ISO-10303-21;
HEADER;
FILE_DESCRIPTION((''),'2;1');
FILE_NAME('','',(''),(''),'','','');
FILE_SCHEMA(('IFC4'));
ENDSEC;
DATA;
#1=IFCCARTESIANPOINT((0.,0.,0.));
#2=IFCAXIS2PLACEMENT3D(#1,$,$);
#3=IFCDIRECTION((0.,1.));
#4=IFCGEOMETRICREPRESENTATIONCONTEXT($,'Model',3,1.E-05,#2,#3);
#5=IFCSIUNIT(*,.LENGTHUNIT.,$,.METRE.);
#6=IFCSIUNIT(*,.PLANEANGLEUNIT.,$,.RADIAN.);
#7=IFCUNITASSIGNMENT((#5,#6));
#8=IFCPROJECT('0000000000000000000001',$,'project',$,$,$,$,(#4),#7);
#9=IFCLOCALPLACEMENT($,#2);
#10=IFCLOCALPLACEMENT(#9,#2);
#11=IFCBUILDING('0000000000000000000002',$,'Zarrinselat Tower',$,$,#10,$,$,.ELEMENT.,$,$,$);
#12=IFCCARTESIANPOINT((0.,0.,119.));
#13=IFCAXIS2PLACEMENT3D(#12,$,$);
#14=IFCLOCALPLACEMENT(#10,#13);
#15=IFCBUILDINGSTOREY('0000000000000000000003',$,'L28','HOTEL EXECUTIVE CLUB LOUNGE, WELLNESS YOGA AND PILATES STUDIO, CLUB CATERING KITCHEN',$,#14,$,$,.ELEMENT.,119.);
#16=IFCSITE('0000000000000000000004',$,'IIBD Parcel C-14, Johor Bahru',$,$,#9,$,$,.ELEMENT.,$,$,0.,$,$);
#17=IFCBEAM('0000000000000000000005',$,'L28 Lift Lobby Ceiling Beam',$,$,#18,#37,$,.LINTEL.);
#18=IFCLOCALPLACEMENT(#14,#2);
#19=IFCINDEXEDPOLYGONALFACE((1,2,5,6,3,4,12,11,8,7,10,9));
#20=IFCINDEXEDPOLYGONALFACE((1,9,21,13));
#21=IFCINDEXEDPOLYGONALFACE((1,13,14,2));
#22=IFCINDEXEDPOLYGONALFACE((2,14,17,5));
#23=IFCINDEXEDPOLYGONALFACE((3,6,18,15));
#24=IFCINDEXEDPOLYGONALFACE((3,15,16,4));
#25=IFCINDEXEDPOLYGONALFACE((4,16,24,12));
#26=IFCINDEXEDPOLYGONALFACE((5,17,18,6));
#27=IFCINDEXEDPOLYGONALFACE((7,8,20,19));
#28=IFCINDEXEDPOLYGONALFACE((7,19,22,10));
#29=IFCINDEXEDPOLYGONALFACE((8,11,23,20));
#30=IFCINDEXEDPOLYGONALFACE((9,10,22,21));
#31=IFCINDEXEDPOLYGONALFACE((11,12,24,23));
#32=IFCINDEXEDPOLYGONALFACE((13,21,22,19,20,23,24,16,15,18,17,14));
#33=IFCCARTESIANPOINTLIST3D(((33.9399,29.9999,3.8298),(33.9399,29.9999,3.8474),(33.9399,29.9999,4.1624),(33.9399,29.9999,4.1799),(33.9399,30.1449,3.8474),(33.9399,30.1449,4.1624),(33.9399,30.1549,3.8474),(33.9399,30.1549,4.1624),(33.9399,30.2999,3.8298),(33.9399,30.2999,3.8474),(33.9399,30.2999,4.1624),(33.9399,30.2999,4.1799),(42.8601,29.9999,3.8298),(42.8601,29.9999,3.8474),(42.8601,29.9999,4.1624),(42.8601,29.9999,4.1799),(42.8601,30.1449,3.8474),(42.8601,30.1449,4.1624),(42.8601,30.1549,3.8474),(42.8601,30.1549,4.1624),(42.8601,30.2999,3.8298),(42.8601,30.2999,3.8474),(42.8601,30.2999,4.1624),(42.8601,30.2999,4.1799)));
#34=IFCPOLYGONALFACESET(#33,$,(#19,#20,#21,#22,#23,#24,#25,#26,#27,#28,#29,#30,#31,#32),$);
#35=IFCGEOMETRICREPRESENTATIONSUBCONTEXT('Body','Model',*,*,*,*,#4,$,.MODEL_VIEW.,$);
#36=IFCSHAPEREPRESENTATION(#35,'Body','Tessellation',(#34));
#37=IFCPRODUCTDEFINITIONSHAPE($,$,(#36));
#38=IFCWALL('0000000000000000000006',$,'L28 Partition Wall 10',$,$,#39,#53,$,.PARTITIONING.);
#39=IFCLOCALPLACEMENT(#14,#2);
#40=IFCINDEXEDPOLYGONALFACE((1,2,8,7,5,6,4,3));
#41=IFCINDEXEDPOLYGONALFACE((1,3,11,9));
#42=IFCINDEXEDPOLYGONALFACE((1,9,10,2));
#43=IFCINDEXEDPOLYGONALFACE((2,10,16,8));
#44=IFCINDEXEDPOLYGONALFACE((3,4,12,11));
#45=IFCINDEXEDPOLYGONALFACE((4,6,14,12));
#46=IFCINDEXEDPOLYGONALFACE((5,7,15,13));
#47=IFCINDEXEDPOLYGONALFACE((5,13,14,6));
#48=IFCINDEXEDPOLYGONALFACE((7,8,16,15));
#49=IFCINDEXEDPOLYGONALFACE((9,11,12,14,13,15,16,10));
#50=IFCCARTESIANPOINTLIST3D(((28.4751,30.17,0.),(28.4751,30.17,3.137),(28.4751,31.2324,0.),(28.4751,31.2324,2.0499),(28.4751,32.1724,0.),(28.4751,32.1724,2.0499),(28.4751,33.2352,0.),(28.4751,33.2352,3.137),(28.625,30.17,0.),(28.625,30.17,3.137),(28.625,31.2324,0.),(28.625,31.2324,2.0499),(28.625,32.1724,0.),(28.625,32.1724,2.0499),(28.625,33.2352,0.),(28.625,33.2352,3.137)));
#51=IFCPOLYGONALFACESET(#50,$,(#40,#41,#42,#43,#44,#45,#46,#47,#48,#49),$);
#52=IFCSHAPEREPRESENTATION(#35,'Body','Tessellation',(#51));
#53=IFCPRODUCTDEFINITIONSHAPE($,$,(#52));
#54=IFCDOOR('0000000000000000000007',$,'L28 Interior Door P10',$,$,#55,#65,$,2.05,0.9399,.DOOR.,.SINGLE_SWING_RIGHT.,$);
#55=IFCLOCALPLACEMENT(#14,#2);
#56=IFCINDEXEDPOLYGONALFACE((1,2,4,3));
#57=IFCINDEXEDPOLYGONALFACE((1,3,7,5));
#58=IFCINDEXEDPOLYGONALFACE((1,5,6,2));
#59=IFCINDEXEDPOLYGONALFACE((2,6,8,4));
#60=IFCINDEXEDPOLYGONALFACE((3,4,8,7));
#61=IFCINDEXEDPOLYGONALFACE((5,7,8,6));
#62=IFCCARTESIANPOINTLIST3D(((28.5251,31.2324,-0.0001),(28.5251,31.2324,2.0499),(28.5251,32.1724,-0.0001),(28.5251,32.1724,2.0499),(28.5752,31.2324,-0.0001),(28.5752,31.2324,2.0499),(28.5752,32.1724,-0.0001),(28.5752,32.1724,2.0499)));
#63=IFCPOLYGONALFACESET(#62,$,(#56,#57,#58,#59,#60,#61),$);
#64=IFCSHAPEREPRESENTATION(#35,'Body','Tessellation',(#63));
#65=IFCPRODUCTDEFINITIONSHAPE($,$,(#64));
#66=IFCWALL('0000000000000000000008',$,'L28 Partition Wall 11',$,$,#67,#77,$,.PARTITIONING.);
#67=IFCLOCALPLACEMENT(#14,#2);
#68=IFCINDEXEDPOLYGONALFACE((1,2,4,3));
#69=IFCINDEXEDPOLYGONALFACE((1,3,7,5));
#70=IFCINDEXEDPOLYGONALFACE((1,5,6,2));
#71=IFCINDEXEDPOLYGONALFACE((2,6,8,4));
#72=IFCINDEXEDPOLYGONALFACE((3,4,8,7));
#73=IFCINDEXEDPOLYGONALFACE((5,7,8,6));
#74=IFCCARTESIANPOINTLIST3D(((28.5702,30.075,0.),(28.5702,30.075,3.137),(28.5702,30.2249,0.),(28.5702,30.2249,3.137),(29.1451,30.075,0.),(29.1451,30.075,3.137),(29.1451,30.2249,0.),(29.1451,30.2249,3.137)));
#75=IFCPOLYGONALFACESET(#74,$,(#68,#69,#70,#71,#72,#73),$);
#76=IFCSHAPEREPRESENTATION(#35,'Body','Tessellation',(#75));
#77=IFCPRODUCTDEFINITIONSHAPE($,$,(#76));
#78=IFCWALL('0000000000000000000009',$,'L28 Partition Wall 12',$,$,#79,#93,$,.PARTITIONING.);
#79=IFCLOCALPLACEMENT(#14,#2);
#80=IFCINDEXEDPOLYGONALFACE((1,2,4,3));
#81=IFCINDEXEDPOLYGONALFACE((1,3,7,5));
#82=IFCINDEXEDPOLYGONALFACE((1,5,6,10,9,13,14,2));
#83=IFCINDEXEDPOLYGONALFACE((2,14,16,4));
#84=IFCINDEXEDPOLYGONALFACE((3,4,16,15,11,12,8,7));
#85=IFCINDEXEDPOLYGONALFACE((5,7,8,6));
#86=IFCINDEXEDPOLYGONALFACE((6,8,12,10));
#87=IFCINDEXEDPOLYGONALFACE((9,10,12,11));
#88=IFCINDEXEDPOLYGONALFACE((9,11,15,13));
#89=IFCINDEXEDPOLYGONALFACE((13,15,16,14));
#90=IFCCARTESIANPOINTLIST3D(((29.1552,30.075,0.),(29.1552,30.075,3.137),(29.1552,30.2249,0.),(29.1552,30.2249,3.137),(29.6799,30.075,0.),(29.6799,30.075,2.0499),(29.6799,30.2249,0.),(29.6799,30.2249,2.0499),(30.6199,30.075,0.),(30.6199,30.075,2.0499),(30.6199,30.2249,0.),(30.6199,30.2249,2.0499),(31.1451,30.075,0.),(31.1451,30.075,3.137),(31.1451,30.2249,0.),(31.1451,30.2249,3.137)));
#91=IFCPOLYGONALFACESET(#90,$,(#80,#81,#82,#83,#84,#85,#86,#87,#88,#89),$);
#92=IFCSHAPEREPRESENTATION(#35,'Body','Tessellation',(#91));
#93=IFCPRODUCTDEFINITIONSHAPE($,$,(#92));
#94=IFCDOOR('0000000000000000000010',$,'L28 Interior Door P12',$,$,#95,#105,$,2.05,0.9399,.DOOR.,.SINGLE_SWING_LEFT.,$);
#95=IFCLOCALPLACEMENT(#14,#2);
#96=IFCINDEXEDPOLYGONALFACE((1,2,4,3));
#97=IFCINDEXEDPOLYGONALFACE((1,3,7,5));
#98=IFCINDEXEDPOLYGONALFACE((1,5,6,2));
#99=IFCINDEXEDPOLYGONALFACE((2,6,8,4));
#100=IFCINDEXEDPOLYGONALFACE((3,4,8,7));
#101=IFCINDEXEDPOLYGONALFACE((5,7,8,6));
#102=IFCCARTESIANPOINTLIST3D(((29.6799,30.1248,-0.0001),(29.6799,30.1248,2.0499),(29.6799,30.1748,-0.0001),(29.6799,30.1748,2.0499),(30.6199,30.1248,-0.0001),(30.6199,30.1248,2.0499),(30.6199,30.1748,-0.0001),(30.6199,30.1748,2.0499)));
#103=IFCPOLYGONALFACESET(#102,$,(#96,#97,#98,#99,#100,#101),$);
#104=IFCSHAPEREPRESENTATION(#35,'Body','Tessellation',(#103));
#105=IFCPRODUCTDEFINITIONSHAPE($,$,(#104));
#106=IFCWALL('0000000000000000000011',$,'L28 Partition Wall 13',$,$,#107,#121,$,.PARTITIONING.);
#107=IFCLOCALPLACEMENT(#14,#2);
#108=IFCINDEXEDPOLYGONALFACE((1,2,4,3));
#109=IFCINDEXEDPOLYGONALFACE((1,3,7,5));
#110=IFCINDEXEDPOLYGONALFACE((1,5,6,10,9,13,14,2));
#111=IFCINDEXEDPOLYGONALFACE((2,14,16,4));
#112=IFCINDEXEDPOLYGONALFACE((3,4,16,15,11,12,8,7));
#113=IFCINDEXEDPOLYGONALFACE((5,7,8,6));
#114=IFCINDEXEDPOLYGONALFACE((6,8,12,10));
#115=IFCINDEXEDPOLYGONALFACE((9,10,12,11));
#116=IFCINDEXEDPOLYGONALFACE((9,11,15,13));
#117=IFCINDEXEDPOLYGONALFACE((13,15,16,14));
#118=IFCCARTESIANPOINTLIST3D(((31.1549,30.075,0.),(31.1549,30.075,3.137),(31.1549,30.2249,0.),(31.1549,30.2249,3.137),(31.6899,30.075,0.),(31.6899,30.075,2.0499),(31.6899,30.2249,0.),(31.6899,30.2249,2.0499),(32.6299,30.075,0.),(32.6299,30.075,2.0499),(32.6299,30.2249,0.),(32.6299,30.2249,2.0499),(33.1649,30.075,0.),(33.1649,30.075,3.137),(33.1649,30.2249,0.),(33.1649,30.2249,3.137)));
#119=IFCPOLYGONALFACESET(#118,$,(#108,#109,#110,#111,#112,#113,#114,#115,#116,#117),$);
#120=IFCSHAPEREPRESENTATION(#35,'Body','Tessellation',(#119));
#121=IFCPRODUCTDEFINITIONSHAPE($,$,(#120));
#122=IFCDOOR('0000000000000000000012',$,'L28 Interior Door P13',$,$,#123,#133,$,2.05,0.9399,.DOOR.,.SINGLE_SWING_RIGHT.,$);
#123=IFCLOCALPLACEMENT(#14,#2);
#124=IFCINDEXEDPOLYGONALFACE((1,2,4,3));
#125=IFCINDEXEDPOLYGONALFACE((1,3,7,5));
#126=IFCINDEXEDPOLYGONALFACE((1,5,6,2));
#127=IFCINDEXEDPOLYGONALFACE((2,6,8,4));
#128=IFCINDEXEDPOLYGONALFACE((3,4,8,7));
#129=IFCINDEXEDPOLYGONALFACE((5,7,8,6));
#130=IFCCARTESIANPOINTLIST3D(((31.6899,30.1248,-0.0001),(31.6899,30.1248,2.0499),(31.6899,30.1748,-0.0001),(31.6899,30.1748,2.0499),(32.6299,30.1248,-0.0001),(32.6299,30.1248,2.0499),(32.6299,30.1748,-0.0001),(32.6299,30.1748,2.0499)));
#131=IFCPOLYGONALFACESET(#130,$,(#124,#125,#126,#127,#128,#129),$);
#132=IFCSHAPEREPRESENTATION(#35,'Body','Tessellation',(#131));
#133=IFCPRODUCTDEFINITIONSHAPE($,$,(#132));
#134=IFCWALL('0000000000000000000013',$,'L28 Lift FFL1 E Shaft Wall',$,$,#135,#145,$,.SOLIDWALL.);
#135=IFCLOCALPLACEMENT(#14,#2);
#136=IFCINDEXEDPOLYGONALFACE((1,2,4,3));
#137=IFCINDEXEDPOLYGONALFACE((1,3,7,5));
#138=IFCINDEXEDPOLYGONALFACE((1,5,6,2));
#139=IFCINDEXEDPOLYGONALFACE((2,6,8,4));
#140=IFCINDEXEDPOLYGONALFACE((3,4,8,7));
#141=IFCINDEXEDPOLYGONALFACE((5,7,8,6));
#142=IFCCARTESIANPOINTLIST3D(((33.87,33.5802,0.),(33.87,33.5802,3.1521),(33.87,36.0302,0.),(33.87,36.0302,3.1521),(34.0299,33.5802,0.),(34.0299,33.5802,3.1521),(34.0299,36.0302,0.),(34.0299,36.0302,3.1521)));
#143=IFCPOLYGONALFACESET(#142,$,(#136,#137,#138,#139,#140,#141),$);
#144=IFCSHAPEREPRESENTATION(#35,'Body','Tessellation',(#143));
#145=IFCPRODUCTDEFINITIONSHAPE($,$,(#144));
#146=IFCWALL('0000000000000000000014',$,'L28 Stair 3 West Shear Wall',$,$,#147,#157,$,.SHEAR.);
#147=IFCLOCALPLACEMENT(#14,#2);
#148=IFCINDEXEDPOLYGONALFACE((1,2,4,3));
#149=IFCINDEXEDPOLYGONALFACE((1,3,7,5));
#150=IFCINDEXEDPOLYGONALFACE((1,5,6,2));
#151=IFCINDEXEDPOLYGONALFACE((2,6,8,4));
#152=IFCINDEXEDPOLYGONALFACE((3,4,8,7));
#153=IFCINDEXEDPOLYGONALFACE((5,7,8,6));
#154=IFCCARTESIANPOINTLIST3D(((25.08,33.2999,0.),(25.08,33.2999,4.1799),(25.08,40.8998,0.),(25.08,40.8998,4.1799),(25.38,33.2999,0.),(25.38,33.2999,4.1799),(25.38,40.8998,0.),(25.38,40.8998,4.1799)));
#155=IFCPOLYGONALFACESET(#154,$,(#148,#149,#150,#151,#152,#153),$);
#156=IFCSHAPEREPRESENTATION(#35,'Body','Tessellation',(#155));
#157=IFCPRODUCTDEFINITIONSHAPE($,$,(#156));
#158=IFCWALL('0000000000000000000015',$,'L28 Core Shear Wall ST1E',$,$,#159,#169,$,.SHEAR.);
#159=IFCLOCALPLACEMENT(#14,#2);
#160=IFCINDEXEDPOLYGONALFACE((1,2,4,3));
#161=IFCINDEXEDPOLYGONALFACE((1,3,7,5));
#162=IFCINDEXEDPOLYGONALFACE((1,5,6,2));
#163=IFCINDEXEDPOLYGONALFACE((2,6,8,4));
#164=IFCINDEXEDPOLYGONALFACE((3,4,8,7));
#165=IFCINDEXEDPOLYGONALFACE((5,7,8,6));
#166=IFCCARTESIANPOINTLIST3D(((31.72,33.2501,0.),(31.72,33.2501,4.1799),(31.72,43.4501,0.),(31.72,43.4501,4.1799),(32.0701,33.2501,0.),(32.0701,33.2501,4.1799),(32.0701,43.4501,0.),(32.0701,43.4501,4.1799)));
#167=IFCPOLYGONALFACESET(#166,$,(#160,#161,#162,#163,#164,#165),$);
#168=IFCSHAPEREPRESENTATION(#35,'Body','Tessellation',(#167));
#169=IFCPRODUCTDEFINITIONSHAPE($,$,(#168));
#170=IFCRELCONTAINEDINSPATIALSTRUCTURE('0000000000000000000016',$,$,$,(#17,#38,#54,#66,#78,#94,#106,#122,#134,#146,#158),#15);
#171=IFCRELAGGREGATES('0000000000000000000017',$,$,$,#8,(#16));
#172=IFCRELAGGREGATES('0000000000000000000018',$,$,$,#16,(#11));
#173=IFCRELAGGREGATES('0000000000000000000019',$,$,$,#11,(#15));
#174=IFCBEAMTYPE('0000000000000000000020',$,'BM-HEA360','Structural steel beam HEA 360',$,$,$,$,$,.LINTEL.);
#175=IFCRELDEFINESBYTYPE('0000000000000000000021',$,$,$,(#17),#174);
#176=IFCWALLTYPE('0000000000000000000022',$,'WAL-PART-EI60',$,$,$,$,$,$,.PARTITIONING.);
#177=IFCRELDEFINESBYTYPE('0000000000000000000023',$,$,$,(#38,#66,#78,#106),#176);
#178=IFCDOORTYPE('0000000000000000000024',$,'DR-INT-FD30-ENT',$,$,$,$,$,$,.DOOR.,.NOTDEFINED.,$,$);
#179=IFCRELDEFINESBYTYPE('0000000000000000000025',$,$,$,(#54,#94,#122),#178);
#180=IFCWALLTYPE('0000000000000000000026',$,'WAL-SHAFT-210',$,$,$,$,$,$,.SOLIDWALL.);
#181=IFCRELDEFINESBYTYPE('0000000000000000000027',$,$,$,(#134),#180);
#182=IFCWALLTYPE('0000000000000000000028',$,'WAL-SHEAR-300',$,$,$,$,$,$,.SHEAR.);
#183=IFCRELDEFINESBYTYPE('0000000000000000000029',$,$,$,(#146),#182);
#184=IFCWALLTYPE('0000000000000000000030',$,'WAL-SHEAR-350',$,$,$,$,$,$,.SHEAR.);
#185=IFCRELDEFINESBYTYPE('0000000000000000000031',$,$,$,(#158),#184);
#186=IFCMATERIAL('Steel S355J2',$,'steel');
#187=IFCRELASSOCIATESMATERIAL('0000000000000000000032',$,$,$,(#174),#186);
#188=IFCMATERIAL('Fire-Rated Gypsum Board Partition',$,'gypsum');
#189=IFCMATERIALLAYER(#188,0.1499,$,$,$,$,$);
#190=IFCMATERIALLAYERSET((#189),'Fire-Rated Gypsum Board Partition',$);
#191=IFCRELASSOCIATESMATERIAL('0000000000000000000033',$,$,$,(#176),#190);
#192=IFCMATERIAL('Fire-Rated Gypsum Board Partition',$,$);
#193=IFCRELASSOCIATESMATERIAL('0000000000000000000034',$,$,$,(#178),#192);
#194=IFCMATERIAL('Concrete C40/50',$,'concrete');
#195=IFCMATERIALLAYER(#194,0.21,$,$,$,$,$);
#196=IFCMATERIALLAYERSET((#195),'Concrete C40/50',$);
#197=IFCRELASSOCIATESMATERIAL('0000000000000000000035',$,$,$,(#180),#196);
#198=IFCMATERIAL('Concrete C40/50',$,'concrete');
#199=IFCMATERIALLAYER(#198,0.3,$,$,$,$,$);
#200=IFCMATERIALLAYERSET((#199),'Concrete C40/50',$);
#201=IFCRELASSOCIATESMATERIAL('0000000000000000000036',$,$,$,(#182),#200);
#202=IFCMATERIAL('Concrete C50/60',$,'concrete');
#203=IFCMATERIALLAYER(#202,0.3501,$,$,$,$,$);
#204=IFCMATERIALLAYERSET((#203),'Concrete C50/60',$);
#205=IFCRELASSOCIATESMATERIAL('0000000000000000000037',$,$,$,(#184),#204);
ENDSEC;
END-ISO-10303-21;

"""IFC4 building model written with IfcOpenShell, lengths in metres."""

from ifc_helpers import new_model, si_unit, direction, frame, frame_2d, origin, origin_2d, place, context, subcontext, project, spatial, rectangle, i_section, extrude, material, layer, layer_set, material_profile, profile_set, type_object, element, fill, save


model = new_model("IFC4")

# Units and contexts
model_context = context("Model", 3, precision=1e-05, world=origin(), true_north=direction((0.0, 1.0)))
body_context = subcontext(model_context, "Body", "Model", "MODEL_VIEW")
ifc_project = project(units=[si_unit("LENGTHUNIT", "METRE"), si_unit("PLANEANGLEUNIT", "RADIAN")], contexts=[model_context])

# Site, building, storey
site_placement = place(None, origin())
site = spatial("IfcSite", under=ifc_project, at=site_placement, Name="IIBD Parcel C-14, Johor Bahru", CompositionType="ELEMENT", RefElevation=0.0)
building_placement = place(site_placement, origin())
building = spatial("IfcBuilding", under=site, at=building_placement, Name="Zarrinselat Tower", CompositionType="ELEMENT")
storey_placement = place(building_placement, frame((0.0, 0.0, 119.0)))
storey = spatial("IfcBuildingStorey", under=building, at=storey_placement, Name="L28", Description="HOTEL EXECUTIVE CLUB LOUNGE, WELLNESS YOGA AND PILATES STUDIO, CLUB CATERING KITCHEN", CompositionType="ELEMENT", Elevation=119.0)

# Beam
ifc_material_1 = material(Name="Steel S355J2", Category="steel")
ifc_material_profile = material_profile(ifc_material_1, i_section(OverallWidth=0.3, OverallDepth=0.3501, WebThickness=0.01, FlangeThickness=0.0176, at=origin_2d()), Name="HEA 360")
ifc_profile_set = profile_set([ifc_material_profile], Name="Steel S355J2")
beam_type = type_object("IfcBeamType", Name="BM-HEA360", Description="Structural steel beam HEA 360", PredefinedType="LINTEL", material=ifc_profile_set)
beam_placement = place(storey_placement, frame((33.9399, 30.1499, 4.0049), z_axis=(1.0, 0.0, 0.0), x_axis=(0.0, 1.0, 0.0)))
element("IfcBeam", 1, at=beam_placement, inside=storey, type_object=beam_type, Name="L28 Lift Lobby Ceiling Beam", PredefinedType="LINTEL", context=body_context, shape_type="SweptSolid", body=[
    extrude(i_section(OverallWidth=0.3, OverallDepth=0.3501, WebThickness=0.01, FlangeThickness=0.0176, at=origin_2d()), origin(), (0.0, 0.0, 1.0), 8.9202),
])

# Wall, opening, door
ifc_material_2 = material(Name="Fire-Rated Gypsum Board Partition", Category="gypsum")
ifc_layer_1 = layer(ifc_material_2, 0.1499)
ifc_layer_set_1 = layer_set([ifc_layer_1], Name="Fire-Rated Gypsum Board Partition")
wall_type_1 = type_object("IfcWallType", Name="WAL-PART-EI60", PredefinedType="PARTITIONING", material=ifc_layer_set_1)
wall_1_placement = place(storey_placement, frame((28.55, 30.1699, 0.0), z_axis=(0.0, 0.0, 1.0), x_axis=(0.0, 1.0, 0.0)))
wall_1 = element("IfcWall", 2, at=wall_1_placement, inside=storey, type_object=wall_type_1, Name="L28 Partition Wall 10", PredefinedType="PARTITIONING", context=body_context, shape_type="SweptSolid", body=[
    extrude(rectangle(XDim=3.0652, YDim=0.1499, at=frame_2d((1.5327, 0.0))), origin(), (0.0, 0.0, 1.0), 3.137),
])
opening_1_placement = place(wall_1_placement, frame((1.0625, 0.0, 0.0)))
opening_1 = element("IfcOpeningElement", 3, at=opening_1_placement, cuts=wall_1, PredefinedType="OPENING", context=body_context, shape_type="SweptSolid", body=[
    extrude(rectangle(XDim=0.9399, YDim=2.05, at=frame_2d((0.47, 1.0249))), frame((0.0, 0.085, 0.0), z_axis=(0.0, -1.0, 0.0), x_axis=(1.0, 0.0, 0.0)), (0.0, 0.0, 1.0), 0.1699),
])
ifc_material_3 = material(Name="Fire-Rated Gypsum Board Partition")
door_type_1 = type_object("IfcDoorType", Name="DR-INT-FD30-ENT", OperationType="NOTDEFINED", PredefinedType="DOOR", material=ifc_material_3)
door_1_placement = place(opening_1_placement, origin())
door_1 = element("IfcDoor", 4, at=door_1_placement, inside=storey, type_object=door_type_1, Name="L28 Interior Door P10", OperationType="SINGLE_SWING_RIGHT", OverallHeight=2.05, OverallWidth=0.9399, PredefinedType="DOOR", context=body_context, shape_type="SweptSolid", body=[
    extrude(rectangle(XDim=0.9399, YDim=2.05, at=frame_2d((0.47, 1.0249))), frame((0.0, 0.0249, 0.0), z_axis=(0.0, -1.0, 0.0), x_axis=(1.0, 0.0, 0.0)), (0.0, 0.0, 1.0), 0.05),
])
fill(opening_1, door_1)

# Wall
wall_2_placement = place(storey_placement, frame((28.5701, 30.1499, 0.0), z_axis=(0.0, 0.0, 1.0), x_axis=(1.0, 0.0, 0.0)))
element("IfcWall", 5, at=wall_2_placement, inside=storey, type_object=wall_type_1, Name="L28 Partition Wall 11", PredefinedType="PARTITIONING", context=body_context, shape_type="SweptSolid", body=[
    extrude(rectangle(XDim=0.575, YDim=0.1499, at=frame_2d((0.2876, 0.0))), origin(), (0.0, 0.0, 1.0), 3.137),
])

# Walls, openings, doors
wall_3_placement = place(storey_placement, frame((29.155, 30.1499, 0.0), z_axis=(0.0, 0.0, 1.0), x_axis=(1.0, 0.0, 0.0)))
wall_3 = element("IfcWall", 6, at=wall_3_placement, inside=storey, type_object=wall_type_1, Name="L28 Partition Wall 12", PredefinedType="PARTITIONING", context=body_context, shape_type="SweptSolid", body=[
    extrude(rectangle(XDim=1.99, YDim=0.1499, at=frame_2d((0.9951, 0.0))), origin(), (0.0, 0.0, 1.0), 3.137),
])
opening_2_placement = place(wall_3_placement, frame((0.5249, 0.0, 0.0)))
opening_2 = element("IfcOpeningElement", 7, at=opening_2_placement, cuts=wall_3, PredefinedType="OPENING", context=body_context, shape_type="SweptSolid", body=[
    extrude(rectangle(XDim=0.9399, YDim=2.05, at=frame_2d((0.47, 1.0249))), frame((0.0, 0.085, 0.0), z_axis=(0.0, -1.0, 0.0), x_axis=(1.0, 0.0, 0.0)), (0.0, 0.0, 1.0), 0.1699),
])
door_2_placement = place(opening_2_placement, origin())
door_2 = element("IfcDoor", 8, at=door_2_placement, inside=storey, type_object=door_type_1, Name="L28 Interior Door P12", OperationType="SINGLE_SWING_LEFT", OverallHeight=2.05, OverallWidth=0.9399, PredefinedType="DOOR", context=body_context, shape_type="SweptSolid", body=[
    extrude(rectangle(XDim=0.9399, YDim=2.05, at=frame_2d((0.47, 1.0249))), frame((0.0, 0.0249, 0.0), z_axis=(0.0, -1.0, 0.0), x_axis=(1.0, 0.0, 0.0)), (0.0, 0.0, 1.0), 0.05),
])
fill(opening_2, door_2)
wall_4_placement = place(storey_placement, frame((31.155, 30.1499, 0.0), z_axis=(0.0, 0.0, 1.0), x_axis=(1.0, 0.0, 0.0)))
wall_4 = element("IfcWall", 9, at=wall_4_placement, inside=storey, type_object=wall_type_1, Name="L28 Partition Wall 13", PredefinedType="PARTITIONING", context=body_context, shape_type="SweptSolid", body=[
    extrude(rectangle(XDim=2.01, YDim=0.1499, at=frame_2d((1.0049, 0.0))), origin(), (0.0, 0.0, 1.0), 3.137),
])
opening_3_placement = place(wall_4_placement, frame((0.5349, 0.0, 0.0)))
opening_3 = element("IfcOpeningElement", 10, at=opening_3_placement, cuts=wall_4, PredefinedType="OPENING", context=body_context, shape_type="SweptSolid", body=[
    extrude(rectangle(XDim=0.9399, YDim=2.05, at=frame_2d((0.47, 1.0249))), frame((0.0, 0.085, 0.0), z_axis=(0.0, -1.0, 0.0), x_axis=(1.0, 0.0, 0.0)), (0.0, 0.0, 1.0), 0.1699),
])
door_3_placement = place(opening_3_placement, origin())
door_3 = element("IfcDoor", 11, at=door_3_placement, inside=storey, type_object=door_type_1, Name="L28 Interior Door P13", OperationType="SINGLE_SWING_RIGHT", OverallHeight=2.05, OverallWidth=0.9399, PredefinedType="DOOR", context=body_context, shape_type="SweptSolid", body=[
    extrude(rectangle(XDim=0.9399, YDim=2.05, at=frame_2d((0.47, 1.0249))), frame((0.0, 0.0249, 0.0), z_axis=(0.0, -1.0, 0.0), x_axis=(1.0, 0.0, 0.0)), (0.0, 0.0, 1.0), 0.05),
])
fill(opening_3, door_3)

# Walls
ifc_material_4 = material(Name="Concrete C40/50", Category="concrete")
ifc_layer_2 = layer(ifc_material_4, 0.21)
ifc_layer_set_2 = layer_set([ifc_layer_2], Name="Concrete C40/50")
wall_type_2 = type_object("IfcWallType", Name="WAL-SHAFT-210", PredefinedType="SOLIDWALL", material=ifc_layer_set_2)
wall_5_placement = place(storey_placement, frame((33.95, 33.5801, 0.0), z_axis=(0.0, 0.0, 1.0), x_axis=(0.0, 1.0, 0.0)))
element("IfcWall", 12, at=wall_5_placement, inside=storey, type_object=wall_type_2, Name="L28 Lift FFL1 E Shaft Wall", PredefinedType="SOLIDWALL", context=body_context, shape_type="SweptSolid", body=[
    extrude(rectangle(XDim=2.45, YDim=0.1599, at=frame_2d((1.2251, 0.0))), origin(), (0.0, 0.0, 1.0), 3.1521),
])
ifc_material_5 = material(Name="Concrete C40/50", Category="concrete")
ifc_layer_3 = layer(ifc_material_5, 0.3)
ifc_layer_set_3 = layer_set([ifc_layer_3], Name="Concrete C40/50")
wall_type_3 = type_object("IfcWallType", Name="WAL-SHEAR-300", PredefinedType="SHEAR", material=ifc_layer_set_3)
wall_6_placement = place(storey_placement, frame((25.23, 33.3, 0.0), z_axis=(0.0, 0.0, 1.0), x_axis=(0.0, 1.0, 0.0)))
element("IfcWall", 13, at=wall_6_placement, inside=storey, type_object=wall_type_3, Name="L28 Stair 3 West Shear Wall", PredefinedType="SHEAR", context=body_context, shape_type="SweptSolid", body=[
    extrude(rectangle(XDim=7.5999, YDim=0.3, at=frame_2d((3.7998, 0.0))), origin(), (0.0, 0.0, 1.0), 4.1799),
])
ifc_material_6 = material(Name="Concrete C50/60", Category="concrete")
ifc_layer_4 = layer(ifc_material_6, 0.3501)
ifc_layer_set_4 = layer_set([ifc_layer_4], Name="Concrete C50/60")
wall_type_4 = type_object("IfcWallType", Name="WAL-SHEAR-350", PredefinedType="SHEAR", material=ifc_layer_set_4)
wall_7_placement = place(storey_placement, frame((31.895, 33.25, 0.0), z_axis=(0.0, 0.0, 1.0), x_axis=(0.0, 1.0, 0.0)))
element("IfcWall", 14, at=wall_7_placement, inside=storey, type_object=wall_type_4, Name="L28 Core Shear Wall ST1E", PredefinedType="SHEAR", context=body_context, shape_type="SweptSolid", body=[
    extrude(rectangle(XDim=10.2, YDim=0.3501, at=frame_2d((5.1001, 0.0))), origin(), (0.0, 0.0, 1.0), 4.1799),
])

save(model, "model.ifc")
